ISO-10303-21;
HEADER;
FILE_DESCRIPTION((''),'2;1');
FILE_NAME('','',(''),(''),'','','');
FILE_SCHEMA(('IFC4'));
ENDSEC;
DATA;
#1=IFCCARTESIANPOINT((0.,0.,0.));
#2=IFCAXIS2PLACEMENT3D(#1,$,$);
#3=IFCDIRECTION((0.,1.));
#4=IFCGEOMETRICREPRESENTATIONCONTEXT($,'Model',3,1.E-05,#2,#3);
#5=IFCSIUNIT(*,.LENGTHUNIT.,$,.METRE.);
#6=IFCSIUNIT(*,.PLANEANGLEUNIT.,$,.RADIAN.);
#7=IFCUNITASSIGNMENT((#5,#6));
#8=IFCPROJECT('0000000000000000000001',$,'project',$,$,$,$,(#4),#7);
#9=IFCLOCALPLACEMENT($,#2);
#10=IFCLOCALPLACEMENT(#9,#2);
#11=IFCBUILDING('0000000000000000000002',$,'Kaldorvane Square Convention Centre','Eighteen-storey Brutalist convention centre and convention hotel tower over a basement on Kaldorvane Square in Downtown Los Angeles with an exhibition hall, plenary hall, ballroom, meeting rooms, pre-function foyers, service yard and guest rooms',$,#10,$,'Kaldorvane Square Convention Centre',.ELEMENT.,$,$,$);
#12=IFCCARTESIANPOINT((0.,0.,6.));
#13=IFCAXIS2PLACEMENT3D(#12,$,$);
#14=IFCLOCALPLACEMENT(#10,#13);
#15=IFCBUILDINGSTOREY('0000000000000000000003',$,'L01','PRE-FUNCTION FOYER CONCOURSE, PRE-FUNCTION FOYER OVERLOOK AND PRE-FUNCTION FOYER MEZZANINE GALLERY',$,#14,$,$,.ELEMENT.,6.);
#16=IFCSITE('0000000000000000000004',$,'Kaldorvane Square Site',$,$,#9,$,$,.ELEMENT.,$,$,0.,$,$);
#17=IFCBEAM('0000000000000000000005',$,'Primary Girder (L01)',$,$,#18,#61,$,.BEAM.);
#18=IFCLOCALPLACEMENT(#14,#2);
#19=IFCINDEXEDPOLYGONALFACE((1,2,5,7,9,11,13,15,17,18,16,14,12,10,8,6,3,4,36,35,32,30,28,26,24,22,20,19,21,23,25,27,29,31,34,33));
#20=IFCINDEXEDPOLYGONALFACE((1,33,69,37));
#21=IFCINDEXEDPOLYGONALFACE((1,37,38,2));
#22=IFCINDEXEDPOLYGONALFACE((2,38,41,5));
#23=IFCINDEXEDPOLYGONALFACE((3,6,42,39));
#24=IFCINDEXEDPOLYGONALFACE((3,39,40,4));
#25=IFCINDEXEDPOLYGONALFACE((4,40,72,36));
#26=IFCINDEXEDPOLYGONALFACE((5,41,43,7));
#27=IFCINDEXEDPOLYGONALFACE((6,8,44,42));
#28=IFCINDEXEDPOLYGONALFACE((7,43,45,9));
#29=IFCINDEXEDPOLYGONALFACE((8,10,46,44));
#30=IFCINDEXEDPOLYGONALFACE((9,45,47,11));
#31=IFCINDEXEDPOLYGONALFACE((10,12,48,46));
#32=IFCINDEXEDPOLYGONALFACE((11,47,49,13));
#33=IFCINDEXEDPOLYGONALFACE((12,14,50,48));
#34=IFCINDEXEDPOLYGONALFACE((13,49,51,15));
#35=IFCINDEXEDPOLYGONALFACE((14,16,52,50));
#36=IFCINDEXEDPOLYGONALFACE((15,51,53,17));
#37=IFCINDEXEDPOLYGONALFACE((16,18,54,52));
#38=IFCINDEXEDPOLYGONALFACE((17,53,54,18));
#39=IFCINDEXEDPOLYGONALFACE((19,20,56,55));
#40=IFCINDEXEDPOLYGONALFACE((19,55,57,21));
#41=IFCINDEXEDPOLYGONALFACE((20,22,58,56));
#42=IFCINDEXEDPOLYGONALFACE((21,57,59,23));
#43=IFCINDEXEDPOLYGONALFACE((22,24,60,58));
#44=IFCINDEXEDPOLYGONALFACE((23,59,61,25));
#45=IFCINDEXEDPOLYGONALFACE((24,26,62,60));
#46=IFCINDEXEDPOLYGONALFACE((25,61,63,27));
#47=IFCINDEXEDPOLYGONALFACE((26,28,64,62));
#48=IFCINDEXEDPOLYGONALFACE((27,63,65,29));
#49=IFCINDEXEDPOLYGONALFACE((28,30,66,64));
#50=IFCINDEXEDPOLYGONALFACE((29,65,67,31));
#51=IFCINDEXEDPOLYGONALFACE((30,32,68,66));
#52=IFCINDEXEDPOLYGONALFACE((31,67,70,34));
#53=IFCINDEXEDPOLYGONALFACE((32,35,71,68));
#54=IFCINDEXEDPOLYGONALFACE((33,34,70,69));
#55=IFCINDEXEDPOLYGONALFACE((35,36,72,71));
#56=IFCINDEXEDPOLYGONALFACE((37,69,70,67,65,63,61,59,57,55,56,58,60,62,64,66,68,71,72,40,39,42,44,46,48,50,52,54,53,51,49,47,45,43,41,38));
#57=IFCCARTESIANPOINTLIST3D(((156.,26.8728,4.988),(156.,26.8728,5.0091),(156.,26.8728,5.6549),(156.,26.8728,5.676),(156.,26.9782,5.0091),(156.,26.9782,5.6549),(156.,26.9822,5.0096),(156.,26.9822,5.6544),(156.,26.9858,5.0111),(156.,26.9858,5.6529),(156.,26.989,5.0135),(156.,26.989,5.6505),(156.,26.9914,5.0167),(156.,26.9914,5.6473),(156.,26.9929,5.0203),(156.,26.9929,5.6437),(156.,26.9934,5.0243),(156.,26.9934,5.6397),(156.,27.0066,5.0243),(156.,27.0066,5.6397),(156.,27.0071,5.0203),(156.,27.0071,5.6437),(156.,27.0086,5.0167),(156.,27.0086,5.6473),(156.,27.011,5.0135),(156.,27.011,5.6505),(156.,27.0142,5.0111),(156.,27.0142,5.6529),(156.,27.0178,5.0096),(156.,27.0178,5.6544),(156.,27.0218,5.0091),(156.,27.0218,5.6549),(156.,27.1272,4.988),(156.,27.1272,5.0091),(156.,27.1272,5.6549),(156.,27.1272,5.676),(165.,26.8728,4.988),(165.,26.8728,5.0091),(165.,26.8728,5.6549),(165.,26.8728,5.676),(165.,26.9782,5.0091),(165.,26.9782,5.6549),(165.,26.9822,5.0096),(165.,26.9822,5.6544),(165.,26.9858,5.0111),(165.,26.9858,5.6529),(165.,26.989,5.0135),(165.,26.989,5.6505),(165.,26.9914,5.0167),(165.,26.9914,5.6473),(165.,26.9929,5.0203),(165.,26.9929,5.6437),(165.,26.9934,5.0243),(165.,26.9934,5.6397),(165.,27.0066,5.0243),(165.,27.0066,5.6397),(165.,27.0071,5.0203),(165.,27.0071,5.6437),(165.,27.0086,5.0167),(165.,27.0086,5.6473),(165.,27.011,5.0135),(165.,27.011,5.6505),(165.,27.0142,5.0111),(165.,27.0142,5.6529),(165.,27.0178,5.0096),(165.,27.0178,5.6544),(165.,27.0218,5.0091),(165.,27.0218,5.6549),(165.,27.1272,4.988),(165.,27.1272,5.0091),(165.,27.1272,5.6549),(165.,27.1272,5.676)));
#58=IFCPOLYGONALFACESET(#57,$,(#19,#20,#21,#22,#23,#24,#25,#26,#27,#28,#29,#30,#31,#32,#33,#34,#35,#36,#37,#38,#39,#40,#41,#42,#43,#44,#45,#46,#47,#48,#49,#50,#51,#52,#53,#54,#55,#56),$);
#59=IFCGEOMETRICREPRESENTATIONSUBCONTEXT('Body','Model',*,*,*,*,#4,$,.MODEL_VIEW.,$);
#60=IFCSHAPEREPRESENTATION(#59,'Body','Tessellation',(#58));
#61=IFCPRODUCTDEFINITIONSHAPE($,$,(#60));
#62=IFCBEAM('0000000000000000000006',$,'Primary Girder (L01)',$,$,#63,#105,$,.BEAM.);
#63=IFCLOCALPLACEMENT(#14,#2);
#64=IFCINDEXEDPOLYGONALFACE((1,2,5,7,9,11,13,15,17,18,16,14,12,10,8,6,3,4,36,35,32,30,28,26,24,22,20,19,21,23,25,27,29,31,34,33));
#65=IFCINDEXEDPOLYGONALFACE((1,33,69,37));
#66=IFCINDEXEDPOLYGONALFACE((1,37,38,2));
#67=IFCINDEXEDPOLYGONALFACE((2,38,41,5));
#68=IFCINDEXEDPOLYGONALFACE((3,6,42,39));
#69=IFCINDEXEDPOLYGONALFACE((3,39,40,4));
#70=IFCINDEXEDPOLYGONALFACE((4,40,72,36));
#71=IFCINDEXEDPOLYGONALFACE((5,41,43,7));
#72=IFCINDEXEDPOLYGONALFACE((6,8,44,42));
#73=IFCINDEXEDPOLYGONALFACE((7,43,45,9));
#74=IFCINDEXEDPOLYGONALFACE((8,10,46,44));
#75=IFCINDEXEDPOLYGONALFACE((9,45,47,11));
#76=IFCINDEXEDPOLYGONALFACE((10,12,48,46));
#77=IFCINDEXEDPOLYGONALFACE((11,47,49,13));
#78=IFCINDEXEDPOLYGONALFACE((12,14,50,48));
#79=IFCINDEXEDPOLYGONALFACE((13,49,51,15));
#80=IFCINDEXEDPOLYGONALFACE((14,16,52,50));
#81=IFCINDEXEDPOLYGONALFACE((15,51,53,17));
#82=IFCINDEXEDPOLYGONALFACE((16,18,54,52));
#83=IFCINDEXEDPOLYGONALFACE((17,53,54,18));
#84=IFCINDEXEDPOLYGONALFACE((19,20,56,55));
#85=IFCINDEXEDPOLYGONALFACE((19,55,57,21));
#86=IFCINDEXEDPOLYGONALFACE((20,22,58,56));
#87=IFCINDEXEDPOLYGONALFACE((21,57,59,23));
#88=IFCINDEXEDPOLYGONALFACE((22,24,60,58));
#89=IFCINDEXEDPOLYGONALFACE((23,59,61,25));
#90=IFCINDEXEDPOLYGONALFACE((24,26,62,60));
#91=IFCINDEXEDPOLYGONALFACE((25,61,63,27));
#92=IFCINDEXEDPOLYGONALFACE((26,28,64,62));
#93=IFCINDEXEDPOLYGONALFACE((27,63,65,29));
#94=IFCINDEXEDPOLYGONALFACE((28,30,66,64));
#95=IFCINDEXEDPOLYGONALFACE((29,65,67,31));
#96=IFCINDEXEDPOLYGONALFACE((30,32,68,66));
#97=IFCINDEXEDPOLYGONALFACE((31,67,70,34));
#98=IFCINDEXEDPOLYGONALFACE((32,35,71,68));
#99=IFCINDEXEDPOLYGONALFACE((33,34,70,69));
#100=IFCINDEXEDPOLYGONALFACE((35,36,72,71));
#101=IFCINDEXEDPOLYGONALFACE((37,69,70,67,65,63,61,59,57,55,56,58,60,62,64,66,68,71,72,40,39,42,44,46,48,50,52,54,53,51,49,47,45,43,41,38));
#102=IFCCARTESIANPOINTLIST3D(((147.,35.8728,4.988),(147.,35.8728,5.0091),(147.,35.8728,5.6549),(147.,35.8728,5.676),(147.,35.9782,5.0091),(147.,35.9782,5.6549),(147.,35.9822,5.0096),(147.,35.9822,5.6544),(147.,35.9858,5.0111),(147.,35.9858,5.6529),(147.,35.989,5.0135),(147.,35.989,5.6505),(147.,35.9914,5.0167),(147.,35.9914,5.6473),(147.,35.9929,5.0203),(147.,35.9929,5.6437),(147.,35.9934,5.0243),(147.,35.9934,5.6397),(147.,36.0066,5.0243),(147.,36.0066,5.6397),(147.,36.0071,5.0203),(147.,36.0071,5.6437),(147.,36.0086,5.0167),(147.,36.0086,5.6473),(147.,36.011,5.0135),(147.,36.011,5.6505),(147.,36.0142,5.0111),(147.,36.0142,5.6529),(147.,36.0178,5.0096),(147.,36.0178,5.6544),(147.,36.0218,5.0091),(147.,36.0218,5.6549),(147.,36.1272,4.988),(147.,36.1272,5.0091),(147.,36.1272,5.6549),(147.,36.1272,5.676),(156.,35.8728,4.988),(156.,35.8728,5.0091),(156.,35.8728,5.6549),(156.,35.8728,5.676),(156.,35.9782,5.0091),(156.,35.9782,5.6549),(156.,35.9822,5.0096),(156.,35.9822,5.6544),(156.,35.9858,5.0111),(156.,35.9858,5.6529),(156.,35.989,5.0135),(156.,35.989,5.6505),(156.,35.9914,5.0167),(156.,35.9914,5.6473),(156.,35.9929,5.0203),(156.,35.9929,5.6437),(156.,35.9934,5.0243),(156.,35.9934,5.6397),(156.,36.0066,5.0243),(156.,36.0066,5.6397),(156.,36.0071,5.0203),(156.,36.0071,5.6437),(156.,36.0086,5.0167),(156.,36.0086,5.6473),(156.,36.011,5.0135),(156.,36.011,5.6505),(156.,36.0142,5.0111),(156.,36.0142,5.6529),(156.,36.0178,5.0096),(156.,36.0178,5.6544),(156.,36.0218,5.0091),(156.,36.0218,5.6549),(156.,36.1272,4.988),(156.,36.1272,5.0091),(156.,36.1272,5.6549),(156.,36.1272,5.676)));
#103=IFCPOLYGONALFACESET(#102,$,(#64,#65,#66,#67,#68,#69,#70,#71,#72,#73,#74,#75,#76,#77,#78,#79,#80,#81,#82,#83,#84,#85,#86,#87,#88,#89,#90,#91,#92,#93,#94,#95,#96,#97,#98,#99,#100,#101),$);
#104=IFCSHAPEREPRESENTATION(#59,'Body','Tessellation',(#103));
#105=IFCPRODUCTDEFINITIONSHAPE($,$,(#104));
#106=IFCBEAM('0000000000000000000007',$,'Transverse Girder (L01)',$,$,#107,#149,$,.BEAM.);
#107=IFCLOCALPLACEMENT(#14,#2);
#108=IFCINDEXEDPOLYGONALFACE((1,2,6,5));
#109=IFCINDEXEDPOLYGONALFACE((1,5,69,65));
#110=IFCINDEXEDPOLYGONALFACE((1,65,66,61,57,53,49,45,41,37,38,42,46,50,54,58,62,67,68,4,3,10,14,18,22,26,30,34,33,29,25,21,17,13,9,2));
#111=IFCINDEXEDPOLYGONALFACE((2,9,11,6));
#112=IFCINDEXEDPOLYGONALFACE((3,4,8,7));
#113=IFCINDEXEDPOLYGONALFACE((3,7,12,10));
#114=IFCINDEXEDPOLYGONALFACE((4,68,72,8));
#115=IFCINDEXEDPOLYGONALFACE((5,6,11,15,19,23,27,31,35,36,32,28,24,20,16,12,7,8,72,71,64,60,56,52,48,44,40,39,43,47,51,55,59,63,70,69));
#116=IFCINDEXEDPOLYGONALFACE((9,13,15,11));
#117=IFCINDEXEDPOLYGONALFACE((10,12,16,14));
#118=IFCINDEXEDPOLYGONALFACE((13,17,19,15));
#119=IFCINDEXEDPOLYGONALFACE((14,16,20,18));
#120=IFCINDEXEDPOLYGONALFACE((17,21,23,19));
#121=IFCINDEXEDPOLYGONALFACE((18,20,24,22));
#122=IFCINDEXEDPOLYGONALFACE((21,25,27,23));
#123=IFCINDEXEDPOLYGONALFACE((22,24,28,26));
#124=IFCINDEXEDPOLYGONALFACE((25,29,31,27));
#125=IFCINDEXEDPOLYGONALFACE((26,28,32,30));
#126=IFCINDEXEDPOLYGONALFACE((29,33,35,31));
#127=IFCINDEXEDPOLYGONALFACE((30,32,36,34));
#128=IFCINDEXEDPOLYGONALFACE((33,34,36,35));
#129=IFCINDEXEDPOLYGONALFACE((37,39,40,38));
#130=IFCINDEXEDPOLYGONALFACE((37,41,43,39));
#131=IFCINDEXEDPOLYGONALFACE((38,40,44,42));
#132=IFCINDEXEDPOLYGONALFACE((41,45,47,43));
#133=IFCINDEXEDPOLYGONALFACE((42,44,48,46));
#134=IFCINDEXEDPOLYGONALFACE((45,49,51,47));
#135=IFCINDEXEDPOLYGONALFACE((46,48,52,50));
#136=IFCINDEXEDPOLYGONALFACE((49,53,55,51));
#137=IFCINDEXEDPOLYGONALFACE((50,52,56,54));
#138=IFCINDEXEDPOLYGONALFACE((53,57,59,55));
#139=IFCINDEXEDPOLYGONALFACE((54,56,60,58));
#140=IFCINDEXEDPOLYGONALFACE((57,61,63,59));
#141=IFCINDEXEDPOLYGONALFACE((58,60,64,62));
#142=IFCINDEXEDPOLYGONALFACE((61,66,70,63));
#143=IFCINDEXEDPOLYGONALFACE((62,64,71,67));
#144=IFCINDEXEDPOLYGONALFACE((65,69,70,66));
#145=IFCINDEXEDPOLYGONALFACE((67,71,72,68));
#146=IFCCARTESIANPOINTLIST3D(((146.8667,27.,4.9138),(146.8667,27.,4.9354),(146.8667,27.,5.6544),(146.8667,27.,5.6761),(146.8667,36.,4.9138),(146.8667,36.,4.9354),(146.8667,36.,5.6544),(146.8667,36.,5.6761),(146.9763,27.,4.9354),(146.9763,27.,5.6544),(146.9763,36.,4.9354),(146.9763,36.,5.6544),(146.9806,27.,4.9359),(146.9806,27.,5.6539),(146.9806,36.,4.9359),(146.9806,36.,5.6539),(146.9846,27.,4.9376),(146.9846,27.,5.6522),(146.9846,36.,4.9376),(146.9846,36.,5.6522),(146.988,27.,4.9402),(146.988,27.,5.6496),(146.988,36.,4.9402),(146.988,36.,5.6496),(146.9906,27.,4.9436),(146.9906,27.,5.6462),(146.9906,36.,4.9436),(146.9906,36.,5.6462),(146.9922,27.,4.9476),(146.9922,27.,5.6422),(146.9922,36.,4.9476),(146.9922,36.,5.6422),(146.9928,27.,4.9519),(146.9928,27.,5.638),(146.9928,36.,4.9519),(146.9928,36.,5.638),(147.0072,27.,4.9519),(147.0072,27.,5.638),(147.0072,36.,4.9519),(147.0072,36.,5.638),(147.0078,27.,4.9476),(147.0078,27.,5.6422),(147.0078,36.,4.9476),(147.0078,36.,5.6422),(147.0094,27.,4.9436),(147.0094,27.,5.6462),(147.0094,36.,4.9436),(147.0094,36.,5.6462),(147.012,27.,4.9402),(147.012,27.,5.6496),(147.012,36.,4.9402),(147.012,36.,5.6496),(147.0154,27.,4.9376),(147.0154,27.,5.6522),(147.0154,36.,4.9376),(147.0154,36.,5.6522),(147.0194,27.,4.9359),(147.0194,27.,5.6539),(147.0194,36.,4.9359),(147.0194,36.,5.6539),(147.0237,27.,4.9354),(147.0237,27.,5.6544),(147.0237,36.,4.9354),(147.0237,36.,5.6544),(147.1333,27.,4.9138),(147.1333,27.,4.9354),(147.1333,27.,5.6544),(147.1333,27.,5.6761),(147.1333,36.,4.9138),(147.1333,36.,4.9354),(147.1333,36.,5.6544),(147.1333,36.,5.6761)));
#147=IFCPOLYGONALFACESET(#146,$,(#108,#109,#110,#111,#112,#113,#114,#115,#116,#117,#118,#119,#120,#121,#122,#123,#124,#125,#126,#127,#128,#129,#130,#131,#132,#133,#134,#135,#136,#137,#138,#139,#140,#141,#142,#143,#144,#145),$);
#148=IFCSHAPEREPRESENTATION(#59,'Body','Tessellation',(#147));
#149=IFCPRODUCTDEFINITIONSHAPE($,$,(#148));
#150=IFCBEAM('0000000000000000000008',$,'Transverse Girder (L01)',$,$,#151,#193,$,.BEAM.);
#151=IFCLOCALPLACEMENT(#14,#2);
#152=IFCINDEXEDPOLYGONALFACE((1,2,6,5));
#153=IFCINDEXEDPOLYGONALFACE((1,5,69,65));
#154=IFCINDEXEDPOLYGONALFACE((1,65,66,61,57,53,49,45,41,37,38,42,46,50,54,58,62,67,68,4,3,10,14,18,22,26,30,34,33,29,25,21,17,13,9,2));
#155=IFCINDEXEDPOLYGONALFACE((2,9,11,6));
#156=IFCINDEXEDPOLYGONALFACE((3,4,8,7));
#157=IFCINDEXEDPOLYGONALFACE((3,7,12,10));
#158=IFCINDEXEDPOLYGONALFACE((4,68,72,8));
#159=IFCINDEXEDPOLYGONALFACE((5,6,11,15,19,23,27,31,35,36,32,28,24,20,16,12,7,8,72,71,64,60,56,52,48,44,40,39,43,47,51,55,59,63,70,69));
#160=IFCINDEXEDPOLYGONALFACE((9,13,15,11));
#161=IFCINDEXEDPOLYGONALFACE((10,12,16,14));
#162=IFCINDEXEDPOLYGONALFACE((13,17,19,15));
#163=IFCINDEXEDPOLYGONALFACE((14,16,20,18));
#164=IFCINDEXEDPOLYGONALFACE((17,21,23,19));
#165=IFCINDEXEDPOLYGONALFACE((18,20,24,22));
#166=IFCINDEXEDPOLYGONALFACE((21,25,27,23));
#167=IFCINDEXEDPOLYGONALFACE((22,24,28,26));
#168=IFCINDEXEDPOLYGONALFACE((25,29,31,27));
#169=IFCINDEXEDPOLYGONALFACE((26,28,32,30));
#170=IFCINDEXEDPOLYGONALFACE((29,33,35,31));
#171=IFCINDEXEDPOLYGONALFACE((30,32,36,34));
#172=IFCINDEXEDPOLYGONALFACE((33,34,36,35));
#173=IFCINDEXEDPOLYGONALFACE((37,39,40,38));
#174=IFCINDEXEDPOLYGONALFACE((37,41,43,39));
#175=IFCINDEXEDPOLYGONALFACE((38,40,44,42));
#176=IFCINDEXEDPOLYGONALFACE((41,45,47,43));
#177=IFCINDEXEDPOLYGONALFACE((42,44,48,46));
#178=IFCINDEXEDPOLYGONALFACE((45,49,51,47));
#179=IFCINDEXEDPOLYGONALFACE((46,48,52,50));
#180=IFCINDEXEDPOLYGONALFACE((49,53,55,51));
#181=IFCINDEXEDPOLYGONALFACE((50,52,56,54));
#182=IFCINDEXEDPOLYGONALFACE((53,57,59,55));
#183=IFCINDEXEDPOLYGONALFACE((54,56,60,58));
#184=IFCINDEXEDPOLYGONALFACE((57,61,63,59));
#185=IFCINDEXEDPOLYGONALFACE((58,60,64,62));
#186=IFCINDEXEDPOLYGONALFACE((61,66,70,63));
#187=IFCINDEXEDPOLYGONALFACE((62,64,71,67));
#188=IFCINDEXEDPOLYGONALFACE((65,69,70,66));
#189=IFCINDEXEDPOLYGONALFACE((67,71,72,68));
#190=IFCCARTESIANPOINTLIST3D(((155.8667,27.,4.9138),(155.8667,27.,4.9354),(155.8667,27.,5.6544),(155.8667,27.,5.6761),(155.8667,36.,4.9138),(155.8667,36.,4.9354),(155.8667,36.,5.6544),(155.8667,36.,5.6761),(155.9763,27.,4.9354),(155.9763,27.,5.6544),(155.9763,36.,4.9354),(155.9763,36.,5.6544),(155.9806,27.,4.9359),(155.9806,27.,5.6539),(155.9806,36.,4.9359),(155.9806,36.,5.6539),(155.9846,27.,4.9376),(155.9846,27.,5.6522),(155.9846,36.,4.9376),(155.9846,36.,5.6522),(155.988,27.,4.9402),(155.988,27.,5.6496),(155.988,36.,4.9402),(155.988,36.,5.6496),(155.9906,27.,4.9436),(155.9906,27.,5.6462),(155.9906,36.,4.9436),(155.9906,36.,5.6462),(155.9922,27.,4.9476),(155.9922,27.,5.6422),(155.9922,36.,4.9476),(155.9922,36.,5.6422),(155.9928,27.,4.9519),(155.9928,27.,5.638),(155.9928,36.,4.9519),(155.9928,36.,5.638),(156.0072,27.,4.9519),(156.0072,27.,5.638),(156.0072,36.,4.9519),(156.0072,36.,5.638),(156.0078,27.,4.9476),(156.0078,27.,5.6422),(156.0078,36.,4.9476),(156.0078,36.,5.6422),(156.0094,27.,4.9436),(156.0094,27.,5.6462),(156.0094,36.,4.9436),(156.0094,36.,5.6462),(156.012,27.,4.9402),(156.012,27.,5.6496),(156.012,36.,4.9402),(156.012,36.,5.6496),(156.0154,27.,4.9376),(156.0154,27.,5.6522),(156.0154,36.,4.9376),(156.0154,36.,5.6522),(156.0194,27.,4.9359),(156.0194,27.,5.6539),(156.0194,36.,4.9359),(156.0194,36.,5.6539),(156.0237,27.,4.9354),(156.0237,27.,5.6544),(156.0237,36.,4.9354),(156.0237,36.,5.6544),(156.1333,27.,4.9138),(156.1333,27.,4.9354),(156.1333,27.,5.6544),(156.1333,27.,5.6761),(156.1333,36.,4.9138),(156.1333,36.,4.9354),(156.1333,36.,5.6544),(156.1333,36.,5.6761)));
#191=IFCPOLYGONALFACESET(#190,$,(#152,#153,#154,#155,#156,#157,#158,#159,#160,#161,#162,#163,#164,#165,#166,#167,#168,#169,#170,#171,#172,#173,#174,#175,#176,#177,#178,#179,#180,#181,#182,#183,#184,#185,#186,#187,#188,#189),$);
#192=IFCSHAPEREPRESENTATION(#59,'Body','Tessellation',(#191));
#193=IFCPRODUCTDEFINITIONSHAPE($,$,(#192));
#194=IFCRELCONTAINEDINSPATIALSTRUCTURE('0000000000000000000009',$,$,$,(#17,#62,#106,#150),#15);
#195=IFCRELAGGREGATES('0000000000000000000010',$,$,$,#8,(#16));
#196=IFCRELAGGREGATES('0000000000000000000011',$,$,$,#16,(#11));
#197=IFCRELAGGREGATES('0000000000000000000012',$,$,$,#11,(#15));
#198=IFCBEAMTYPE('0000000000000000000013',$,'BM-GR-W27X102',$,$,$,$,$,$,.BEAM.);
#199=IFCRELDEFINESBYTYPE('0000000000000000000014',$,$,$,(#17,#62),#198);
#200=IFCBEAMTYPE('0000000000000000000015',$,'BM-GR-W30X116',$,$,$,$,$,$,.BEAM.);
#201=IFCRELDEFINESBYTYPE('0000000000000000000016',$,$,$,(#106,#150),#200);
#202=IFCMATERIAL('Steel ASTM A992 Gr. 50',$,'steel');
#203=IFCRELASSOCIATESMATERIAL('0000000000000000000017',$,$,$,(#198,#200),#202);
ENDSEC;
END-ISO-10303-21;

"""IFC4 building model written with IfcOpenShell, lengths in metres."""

from ifc_helpers import new_model, si_unit, direction, frame, origin, origin_2d, place, context, subcontext, project, spatial, i_section, extrude, material, material_profile, profile_set, type_object, element, save


model = new_model("IFC4")

# Units and contexts
model_context = context("Model", 3, precision=1e-05, world=origin(), true_north=direction((0.0, 1.0)))
body_context = subcontext(model_context, "Body", "Model", "MODEL_VIEW")
ifc_project = project(units=[si_unit("LENGTHUNIT", "METRE"), si_unit("PLANEANGLEUNIT", "RADIAN")], contexts=[model_context])

# Site, building, storey
site_placement = place(None, origin())
site = spatial("IfcSite", under=ifc_project, at=site_placement, Name="Kaldorvane Square Site", CompositionType="ELEMENT", RefElevation=0.0)
building_placement = place(site_placement, origin())
building = spatial("IfcBuilding", under=site, at=building_placement, Name="Kaldorvane Square Convention Centre", Description="Eighteen-storey Brutalist convention centre and convention hotel tower over a basement on Kaldorvane Square in Downtown Los Angeles with an exhibition hall, plenary hall, ballroom, meeting rooms, pre-function foyers, service yard and guest rooms", LongName="Kaldorvane Square Convention Centre", CompositionType="ELEMENT")
storey_placement = place(building_placement, frame((0.0, 0.0, 6.0)))
storey = spatial("IfcBuildingStorey", under=building, at=storey_placement, Name="L01", Description="PRE-FUNCTION FOYER CONCOURSE, PRE-FUNCTION FOYER OVERLOOK AND PRE-FUNCTION FOYER MEZZANINE GALLERY", CompositionType="ELEMENT", Elevation=6.0)

# Shared definitions
ifc_material_1 = material(Name="Steel ASTM A992 Gr. 50", Category="steel")

# Beams
ifc_material_profile_1 = material_profile(ifc_material_1, i_section(OverallWidth=0.2544, OverallDepth=0.6881, WebThickness=0.0131, FlangeThickness=0.0211, FilletRadius=0.0152, at=origin_2d()), Name="W27X102")
ifc_profile_set_1 = profile_set([ifc_material_profile_1], Name="Steel ASTM A992 Gr. 50")
beam_type_1 = type_object("IfcBeamType", Name="BM-GR-W27X102", PredefinedType="BEAM", material=ifc_profile_set_1)
for number, where, z_axis, x_axis, name in (
    (1, (156.0, 27.0, 5.332), (1.0, 0.0, 0.0), (0.0, 1.0, 0.0), "Primary Girder (L01)"),
    (2, (147.0, 36.0, 5.332), (1.0, 0.0, 0.0), (0.0, 1.0, 0.0), "Primary Girder (L01)"),
):
    element("IfcBeam", number, at=place(storey_placement, frame(where, z_axis=z_axis, x_axis=x_axis)), inside=storey, type_object=beam_type_1, Name=name, PredefinedType="BEAM", context=body_context, shape_type="SweptSolid", body=[
        extrude(i_section(OverallWidth=0.2544, OverallDepth=0.6881, WebThickness=0.0131, FlangeThickness=0.0211, FilletRadius=0.0152, at=origin_2d()), origin(), (0.0, 0.0, 1.0), 9.0),
    ])
ifc_material_profile_2 = material_profile(ifc_material_1, i_section(OverallWidth=0.2666, OverallDepth=0.7623, WebThickness=0.0144, FlangeThickness=0.0216, FilletRadius=0.0165, at=origin_2d()), Name="W30X116")
ifc_profile_set_2 = profile_set([ifc_material_profile_2], Name="Steel ASTM A992 Gr. 50")
beam_type_2 = type_object("IfcBeamType", Name="BM-GR-W30X116", PredefinedType="BEAM", material=ifc_profile_set_2)
for number, where, z_axis, x_axis, name in (
    (3, (147.0, 27.0, 5.2949), (0.0, 1.0, 0.0), (-1.0, 0.0, 0.0), "Transverse Girder (L01)"),
    (4, (156.0, 27.0, 5.2949), (0.0, 1.0, 0.0), (-1.0, 0.0, 0.0), "Transverse Girder (L01)"),
):
    element("IfcBeam", number, at=place(storey_placement, frame(where, z_axis=z_axis, x_axis=x_axis)), inside=storey, type_object=beam_type_2, Name=name, PredefinedType="BEAM", context=body_context, shape_type="SweptSolid", body=[
        extrude(i_section(OverallWidth=0.2666, OverallDepth=0.7623, WebThickness=0.0144, FlangeThickness=0.0216, FilletRadius=0.0165, at=origin_2d()), origin(), (0.0, 0.0, 1.0), 9.0),
    ])

save(model, "model.ifc")
